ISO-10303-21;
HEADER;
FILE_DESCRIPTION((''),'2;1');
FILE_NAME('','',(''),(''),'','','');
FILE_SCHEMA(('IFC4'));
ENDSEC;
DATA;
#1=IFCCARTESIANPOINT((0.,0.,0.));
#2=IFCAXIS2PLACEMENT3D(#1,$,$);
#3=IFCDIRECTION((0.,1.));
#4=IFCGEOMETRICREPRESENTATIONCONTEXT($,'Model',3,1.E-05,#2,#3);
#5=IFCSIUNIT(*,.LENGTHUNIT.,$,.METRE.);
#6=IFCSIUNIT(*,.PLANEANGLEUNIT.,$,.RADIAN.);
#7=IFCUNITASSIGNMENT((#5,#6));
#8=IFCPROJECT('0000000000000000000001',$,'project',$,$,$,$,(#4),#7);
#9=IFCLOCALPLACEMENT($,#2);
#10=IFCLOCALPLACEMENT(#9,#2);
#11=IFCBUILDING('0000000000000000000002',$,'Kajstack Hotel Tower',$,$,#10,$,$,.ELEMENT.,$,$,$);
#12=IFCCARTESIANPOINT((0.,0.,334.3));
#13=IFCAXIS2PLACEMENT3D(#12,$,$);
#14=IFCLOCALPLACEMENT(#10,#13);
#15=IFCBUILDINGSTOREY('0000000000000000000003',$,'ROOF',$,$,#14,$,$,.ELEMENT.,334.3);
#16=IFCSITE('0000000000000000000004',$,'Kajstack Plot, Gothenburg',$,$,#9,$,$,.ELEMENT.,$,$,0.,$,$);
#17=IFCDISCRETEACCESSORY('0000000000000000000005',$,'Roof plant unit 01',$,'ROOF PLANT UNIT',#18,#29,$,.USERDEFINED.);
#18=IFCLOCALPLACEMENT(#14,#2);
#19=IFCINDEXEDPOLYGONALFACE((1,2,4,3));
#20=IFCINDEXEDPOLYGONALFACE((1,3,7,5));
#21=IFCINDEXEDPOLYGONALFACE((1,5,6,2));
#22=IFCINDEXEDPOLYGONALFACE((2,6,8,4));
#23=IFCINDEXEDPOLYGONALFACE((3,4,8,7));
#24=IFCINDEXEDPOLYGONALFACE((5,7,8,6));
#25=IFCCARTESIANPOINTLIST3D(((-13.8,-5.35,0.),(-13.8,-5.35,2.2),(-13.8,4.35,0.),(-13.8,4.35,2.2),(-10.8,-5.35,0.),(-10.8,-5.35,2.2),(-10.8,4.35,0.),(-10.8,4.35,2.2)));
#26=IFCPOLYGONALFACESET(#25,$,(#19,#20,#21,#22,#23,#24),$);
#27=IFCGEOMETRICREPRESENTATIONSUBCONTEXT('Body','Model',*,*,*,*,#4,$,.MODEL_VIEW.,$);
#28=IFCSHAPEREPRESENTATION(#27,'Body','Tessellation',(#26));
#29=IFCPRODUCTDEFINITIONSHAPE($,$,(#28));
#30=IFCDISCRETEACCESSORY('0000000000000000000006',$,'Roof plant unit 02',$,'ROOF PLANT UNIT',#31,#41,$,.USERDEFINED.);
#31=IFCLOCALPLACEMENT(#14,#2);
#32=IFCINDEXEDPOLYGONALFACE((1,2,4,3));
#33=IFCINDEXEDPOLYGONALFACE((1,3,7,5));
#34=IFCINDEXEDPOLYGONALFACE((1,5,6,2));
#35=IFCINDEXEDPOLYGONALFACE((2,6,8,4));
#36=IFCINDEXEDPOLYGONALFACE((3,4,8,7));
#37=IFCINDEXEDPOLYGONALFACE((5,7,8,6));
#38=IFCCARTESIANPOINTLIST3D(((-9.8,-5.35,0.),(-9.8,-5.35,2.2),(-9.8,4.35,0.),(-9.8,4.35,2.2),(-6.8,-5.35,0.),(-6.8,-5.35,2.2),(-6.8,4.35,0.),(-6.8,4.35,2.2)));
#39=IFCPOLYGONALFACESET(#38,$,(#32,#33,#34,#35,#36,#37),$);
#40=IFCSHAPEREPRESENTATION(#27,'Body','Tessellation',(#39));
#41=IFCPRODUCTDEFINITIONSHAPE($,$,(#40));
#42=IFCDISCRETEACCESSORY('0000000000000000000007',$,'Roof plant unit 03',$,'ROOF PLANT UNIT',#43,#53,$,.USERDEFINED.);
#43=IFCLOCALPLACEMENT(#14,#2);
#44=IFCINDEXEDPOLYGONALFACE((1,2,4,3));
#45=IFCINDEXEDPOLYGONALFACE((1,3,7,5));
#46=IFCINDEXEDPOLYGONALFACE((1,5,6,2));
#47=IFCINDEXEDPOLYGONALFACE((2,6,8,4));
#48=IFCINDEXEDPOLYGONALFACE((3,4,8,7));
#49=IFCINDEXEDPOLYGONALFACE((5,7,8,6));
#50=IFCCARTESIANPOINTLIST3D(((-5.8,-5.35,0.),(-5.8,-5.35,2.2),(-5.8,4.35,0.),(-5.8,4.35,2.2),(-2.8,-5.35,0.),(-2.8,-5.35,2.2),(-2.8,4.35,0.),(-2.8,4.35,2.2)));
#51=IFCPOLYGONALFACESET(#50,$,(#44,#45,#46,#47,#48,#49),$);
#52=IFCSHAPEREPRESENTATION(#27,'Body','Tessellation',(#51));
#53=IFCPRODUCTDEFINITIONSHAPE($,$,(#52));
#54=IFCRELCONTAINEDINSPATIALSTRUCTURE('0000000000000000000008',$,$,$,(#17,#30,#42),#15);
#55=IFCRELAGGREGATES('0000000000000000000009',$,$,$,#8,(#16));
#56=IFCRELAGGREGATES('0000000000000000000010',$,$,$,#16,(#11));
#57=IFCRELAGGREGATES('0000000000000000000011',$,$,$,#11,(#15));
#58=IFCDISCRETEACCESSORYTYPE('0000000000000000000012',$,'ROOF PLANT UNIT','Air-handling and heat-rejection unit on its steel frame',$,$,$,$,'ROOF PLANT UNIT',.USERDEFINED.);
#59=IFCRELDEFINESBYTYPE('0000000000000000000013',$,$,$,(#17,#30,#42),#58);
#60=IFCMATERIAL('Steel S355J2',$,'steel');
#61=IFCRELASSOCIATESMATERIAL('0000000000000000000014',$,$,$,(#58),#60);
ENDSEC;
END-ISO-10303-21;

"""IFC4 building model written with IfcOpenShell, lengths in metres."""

from ifc_helpers import new_model, si_unit, direction, frame, origin, origin_2d, place, context, subcontext, project, spatial, rectangle, extrude, material, type_object, element, save


model = new_model("IFC4")

# Units and contexts
model_context = context("Model", 3, precision=1e-05, world=origin(), true_north=direction((0.0, 1.0)))
body_context = subcontext(model_context, "Body", "Model", "MODEL_VIEW")
ifc_project = project(units=[si_unit("LENGTHUNIT", "METRE"), si_unit("PLANEANGLEUNIT", "RADIAN")], contexts=[model_context])

# Site, building, storey
site_placement = place(None, origin())
site = spatial("IfcSite", under=ifc_project, at=site_placement, Name="Kajstack Plot, Gothenburg", CompositionType="ELEMENT", RefElevation=0.0)
building_placement = place(site_placement, origin())
building = spatial("IfcBuilding", under=site, at=building_placement, Name="Kajstack Hotel Tower", CompositionType="ELEMENT")
storey_placement = place(building_placement, frame((0.0, 0.0, 334.3)))
storey = spatial("IfcBuildingStorey", under=building, at=storey_placement, Name="ROOF", CompositionType="ELEMENT", Elevation=334.3)

# Discrete accessories
ifc_material = material(Name="Steel S355J2", Category="steel")
discrete_accessory_type_1 = type_object("IfcDiscreteAccessoryType", Name="ROOF PLANT UNIT", Description="Air-handling and heat-rejection unit on its steel frame", ElementType="ROOF PLANT UNIT", PredefinedType="USERDEFINED", material=ifc_material)
for number, where, z_axis, x_axis, name in (
    (1, (-12.3, -0.5, 0.0), (0.0, 0.0, 1.0), (1.0, 0.0, 0.0), "Roof plant unit 01"),
    (2, (-8.3, -0.5, 0.0), (0.0, 0.0, 1.0), (1.0, 0.0, 0.0), "Roof plant unit 02"),
    (3, (-4.3, -0.5, 0.0), (0.0, 0.0, 1.0), (1.0, 0.0, 0.0), "Roof plant unit 03"),
):
    element("IfcDiscreteAccessory", number, at=place(storey_placement, frame(where, z_axis=z_axis, x_axis=x_axis)), inside=storey, type_object=discrete_accessory_type_1, Name=name, ObjectType="ROOF PLANT UNIT", PredefinedType="USERDEFINED", context=body_context, shape_type="SweptSolid", body=[
        extrude(rectangle(XDim=3.0, YDim=9.7, at=origin_2d()), origin(), (0.0, 0.0, 1.0), 2.2),
    ])

save(model, "model.ifc")
